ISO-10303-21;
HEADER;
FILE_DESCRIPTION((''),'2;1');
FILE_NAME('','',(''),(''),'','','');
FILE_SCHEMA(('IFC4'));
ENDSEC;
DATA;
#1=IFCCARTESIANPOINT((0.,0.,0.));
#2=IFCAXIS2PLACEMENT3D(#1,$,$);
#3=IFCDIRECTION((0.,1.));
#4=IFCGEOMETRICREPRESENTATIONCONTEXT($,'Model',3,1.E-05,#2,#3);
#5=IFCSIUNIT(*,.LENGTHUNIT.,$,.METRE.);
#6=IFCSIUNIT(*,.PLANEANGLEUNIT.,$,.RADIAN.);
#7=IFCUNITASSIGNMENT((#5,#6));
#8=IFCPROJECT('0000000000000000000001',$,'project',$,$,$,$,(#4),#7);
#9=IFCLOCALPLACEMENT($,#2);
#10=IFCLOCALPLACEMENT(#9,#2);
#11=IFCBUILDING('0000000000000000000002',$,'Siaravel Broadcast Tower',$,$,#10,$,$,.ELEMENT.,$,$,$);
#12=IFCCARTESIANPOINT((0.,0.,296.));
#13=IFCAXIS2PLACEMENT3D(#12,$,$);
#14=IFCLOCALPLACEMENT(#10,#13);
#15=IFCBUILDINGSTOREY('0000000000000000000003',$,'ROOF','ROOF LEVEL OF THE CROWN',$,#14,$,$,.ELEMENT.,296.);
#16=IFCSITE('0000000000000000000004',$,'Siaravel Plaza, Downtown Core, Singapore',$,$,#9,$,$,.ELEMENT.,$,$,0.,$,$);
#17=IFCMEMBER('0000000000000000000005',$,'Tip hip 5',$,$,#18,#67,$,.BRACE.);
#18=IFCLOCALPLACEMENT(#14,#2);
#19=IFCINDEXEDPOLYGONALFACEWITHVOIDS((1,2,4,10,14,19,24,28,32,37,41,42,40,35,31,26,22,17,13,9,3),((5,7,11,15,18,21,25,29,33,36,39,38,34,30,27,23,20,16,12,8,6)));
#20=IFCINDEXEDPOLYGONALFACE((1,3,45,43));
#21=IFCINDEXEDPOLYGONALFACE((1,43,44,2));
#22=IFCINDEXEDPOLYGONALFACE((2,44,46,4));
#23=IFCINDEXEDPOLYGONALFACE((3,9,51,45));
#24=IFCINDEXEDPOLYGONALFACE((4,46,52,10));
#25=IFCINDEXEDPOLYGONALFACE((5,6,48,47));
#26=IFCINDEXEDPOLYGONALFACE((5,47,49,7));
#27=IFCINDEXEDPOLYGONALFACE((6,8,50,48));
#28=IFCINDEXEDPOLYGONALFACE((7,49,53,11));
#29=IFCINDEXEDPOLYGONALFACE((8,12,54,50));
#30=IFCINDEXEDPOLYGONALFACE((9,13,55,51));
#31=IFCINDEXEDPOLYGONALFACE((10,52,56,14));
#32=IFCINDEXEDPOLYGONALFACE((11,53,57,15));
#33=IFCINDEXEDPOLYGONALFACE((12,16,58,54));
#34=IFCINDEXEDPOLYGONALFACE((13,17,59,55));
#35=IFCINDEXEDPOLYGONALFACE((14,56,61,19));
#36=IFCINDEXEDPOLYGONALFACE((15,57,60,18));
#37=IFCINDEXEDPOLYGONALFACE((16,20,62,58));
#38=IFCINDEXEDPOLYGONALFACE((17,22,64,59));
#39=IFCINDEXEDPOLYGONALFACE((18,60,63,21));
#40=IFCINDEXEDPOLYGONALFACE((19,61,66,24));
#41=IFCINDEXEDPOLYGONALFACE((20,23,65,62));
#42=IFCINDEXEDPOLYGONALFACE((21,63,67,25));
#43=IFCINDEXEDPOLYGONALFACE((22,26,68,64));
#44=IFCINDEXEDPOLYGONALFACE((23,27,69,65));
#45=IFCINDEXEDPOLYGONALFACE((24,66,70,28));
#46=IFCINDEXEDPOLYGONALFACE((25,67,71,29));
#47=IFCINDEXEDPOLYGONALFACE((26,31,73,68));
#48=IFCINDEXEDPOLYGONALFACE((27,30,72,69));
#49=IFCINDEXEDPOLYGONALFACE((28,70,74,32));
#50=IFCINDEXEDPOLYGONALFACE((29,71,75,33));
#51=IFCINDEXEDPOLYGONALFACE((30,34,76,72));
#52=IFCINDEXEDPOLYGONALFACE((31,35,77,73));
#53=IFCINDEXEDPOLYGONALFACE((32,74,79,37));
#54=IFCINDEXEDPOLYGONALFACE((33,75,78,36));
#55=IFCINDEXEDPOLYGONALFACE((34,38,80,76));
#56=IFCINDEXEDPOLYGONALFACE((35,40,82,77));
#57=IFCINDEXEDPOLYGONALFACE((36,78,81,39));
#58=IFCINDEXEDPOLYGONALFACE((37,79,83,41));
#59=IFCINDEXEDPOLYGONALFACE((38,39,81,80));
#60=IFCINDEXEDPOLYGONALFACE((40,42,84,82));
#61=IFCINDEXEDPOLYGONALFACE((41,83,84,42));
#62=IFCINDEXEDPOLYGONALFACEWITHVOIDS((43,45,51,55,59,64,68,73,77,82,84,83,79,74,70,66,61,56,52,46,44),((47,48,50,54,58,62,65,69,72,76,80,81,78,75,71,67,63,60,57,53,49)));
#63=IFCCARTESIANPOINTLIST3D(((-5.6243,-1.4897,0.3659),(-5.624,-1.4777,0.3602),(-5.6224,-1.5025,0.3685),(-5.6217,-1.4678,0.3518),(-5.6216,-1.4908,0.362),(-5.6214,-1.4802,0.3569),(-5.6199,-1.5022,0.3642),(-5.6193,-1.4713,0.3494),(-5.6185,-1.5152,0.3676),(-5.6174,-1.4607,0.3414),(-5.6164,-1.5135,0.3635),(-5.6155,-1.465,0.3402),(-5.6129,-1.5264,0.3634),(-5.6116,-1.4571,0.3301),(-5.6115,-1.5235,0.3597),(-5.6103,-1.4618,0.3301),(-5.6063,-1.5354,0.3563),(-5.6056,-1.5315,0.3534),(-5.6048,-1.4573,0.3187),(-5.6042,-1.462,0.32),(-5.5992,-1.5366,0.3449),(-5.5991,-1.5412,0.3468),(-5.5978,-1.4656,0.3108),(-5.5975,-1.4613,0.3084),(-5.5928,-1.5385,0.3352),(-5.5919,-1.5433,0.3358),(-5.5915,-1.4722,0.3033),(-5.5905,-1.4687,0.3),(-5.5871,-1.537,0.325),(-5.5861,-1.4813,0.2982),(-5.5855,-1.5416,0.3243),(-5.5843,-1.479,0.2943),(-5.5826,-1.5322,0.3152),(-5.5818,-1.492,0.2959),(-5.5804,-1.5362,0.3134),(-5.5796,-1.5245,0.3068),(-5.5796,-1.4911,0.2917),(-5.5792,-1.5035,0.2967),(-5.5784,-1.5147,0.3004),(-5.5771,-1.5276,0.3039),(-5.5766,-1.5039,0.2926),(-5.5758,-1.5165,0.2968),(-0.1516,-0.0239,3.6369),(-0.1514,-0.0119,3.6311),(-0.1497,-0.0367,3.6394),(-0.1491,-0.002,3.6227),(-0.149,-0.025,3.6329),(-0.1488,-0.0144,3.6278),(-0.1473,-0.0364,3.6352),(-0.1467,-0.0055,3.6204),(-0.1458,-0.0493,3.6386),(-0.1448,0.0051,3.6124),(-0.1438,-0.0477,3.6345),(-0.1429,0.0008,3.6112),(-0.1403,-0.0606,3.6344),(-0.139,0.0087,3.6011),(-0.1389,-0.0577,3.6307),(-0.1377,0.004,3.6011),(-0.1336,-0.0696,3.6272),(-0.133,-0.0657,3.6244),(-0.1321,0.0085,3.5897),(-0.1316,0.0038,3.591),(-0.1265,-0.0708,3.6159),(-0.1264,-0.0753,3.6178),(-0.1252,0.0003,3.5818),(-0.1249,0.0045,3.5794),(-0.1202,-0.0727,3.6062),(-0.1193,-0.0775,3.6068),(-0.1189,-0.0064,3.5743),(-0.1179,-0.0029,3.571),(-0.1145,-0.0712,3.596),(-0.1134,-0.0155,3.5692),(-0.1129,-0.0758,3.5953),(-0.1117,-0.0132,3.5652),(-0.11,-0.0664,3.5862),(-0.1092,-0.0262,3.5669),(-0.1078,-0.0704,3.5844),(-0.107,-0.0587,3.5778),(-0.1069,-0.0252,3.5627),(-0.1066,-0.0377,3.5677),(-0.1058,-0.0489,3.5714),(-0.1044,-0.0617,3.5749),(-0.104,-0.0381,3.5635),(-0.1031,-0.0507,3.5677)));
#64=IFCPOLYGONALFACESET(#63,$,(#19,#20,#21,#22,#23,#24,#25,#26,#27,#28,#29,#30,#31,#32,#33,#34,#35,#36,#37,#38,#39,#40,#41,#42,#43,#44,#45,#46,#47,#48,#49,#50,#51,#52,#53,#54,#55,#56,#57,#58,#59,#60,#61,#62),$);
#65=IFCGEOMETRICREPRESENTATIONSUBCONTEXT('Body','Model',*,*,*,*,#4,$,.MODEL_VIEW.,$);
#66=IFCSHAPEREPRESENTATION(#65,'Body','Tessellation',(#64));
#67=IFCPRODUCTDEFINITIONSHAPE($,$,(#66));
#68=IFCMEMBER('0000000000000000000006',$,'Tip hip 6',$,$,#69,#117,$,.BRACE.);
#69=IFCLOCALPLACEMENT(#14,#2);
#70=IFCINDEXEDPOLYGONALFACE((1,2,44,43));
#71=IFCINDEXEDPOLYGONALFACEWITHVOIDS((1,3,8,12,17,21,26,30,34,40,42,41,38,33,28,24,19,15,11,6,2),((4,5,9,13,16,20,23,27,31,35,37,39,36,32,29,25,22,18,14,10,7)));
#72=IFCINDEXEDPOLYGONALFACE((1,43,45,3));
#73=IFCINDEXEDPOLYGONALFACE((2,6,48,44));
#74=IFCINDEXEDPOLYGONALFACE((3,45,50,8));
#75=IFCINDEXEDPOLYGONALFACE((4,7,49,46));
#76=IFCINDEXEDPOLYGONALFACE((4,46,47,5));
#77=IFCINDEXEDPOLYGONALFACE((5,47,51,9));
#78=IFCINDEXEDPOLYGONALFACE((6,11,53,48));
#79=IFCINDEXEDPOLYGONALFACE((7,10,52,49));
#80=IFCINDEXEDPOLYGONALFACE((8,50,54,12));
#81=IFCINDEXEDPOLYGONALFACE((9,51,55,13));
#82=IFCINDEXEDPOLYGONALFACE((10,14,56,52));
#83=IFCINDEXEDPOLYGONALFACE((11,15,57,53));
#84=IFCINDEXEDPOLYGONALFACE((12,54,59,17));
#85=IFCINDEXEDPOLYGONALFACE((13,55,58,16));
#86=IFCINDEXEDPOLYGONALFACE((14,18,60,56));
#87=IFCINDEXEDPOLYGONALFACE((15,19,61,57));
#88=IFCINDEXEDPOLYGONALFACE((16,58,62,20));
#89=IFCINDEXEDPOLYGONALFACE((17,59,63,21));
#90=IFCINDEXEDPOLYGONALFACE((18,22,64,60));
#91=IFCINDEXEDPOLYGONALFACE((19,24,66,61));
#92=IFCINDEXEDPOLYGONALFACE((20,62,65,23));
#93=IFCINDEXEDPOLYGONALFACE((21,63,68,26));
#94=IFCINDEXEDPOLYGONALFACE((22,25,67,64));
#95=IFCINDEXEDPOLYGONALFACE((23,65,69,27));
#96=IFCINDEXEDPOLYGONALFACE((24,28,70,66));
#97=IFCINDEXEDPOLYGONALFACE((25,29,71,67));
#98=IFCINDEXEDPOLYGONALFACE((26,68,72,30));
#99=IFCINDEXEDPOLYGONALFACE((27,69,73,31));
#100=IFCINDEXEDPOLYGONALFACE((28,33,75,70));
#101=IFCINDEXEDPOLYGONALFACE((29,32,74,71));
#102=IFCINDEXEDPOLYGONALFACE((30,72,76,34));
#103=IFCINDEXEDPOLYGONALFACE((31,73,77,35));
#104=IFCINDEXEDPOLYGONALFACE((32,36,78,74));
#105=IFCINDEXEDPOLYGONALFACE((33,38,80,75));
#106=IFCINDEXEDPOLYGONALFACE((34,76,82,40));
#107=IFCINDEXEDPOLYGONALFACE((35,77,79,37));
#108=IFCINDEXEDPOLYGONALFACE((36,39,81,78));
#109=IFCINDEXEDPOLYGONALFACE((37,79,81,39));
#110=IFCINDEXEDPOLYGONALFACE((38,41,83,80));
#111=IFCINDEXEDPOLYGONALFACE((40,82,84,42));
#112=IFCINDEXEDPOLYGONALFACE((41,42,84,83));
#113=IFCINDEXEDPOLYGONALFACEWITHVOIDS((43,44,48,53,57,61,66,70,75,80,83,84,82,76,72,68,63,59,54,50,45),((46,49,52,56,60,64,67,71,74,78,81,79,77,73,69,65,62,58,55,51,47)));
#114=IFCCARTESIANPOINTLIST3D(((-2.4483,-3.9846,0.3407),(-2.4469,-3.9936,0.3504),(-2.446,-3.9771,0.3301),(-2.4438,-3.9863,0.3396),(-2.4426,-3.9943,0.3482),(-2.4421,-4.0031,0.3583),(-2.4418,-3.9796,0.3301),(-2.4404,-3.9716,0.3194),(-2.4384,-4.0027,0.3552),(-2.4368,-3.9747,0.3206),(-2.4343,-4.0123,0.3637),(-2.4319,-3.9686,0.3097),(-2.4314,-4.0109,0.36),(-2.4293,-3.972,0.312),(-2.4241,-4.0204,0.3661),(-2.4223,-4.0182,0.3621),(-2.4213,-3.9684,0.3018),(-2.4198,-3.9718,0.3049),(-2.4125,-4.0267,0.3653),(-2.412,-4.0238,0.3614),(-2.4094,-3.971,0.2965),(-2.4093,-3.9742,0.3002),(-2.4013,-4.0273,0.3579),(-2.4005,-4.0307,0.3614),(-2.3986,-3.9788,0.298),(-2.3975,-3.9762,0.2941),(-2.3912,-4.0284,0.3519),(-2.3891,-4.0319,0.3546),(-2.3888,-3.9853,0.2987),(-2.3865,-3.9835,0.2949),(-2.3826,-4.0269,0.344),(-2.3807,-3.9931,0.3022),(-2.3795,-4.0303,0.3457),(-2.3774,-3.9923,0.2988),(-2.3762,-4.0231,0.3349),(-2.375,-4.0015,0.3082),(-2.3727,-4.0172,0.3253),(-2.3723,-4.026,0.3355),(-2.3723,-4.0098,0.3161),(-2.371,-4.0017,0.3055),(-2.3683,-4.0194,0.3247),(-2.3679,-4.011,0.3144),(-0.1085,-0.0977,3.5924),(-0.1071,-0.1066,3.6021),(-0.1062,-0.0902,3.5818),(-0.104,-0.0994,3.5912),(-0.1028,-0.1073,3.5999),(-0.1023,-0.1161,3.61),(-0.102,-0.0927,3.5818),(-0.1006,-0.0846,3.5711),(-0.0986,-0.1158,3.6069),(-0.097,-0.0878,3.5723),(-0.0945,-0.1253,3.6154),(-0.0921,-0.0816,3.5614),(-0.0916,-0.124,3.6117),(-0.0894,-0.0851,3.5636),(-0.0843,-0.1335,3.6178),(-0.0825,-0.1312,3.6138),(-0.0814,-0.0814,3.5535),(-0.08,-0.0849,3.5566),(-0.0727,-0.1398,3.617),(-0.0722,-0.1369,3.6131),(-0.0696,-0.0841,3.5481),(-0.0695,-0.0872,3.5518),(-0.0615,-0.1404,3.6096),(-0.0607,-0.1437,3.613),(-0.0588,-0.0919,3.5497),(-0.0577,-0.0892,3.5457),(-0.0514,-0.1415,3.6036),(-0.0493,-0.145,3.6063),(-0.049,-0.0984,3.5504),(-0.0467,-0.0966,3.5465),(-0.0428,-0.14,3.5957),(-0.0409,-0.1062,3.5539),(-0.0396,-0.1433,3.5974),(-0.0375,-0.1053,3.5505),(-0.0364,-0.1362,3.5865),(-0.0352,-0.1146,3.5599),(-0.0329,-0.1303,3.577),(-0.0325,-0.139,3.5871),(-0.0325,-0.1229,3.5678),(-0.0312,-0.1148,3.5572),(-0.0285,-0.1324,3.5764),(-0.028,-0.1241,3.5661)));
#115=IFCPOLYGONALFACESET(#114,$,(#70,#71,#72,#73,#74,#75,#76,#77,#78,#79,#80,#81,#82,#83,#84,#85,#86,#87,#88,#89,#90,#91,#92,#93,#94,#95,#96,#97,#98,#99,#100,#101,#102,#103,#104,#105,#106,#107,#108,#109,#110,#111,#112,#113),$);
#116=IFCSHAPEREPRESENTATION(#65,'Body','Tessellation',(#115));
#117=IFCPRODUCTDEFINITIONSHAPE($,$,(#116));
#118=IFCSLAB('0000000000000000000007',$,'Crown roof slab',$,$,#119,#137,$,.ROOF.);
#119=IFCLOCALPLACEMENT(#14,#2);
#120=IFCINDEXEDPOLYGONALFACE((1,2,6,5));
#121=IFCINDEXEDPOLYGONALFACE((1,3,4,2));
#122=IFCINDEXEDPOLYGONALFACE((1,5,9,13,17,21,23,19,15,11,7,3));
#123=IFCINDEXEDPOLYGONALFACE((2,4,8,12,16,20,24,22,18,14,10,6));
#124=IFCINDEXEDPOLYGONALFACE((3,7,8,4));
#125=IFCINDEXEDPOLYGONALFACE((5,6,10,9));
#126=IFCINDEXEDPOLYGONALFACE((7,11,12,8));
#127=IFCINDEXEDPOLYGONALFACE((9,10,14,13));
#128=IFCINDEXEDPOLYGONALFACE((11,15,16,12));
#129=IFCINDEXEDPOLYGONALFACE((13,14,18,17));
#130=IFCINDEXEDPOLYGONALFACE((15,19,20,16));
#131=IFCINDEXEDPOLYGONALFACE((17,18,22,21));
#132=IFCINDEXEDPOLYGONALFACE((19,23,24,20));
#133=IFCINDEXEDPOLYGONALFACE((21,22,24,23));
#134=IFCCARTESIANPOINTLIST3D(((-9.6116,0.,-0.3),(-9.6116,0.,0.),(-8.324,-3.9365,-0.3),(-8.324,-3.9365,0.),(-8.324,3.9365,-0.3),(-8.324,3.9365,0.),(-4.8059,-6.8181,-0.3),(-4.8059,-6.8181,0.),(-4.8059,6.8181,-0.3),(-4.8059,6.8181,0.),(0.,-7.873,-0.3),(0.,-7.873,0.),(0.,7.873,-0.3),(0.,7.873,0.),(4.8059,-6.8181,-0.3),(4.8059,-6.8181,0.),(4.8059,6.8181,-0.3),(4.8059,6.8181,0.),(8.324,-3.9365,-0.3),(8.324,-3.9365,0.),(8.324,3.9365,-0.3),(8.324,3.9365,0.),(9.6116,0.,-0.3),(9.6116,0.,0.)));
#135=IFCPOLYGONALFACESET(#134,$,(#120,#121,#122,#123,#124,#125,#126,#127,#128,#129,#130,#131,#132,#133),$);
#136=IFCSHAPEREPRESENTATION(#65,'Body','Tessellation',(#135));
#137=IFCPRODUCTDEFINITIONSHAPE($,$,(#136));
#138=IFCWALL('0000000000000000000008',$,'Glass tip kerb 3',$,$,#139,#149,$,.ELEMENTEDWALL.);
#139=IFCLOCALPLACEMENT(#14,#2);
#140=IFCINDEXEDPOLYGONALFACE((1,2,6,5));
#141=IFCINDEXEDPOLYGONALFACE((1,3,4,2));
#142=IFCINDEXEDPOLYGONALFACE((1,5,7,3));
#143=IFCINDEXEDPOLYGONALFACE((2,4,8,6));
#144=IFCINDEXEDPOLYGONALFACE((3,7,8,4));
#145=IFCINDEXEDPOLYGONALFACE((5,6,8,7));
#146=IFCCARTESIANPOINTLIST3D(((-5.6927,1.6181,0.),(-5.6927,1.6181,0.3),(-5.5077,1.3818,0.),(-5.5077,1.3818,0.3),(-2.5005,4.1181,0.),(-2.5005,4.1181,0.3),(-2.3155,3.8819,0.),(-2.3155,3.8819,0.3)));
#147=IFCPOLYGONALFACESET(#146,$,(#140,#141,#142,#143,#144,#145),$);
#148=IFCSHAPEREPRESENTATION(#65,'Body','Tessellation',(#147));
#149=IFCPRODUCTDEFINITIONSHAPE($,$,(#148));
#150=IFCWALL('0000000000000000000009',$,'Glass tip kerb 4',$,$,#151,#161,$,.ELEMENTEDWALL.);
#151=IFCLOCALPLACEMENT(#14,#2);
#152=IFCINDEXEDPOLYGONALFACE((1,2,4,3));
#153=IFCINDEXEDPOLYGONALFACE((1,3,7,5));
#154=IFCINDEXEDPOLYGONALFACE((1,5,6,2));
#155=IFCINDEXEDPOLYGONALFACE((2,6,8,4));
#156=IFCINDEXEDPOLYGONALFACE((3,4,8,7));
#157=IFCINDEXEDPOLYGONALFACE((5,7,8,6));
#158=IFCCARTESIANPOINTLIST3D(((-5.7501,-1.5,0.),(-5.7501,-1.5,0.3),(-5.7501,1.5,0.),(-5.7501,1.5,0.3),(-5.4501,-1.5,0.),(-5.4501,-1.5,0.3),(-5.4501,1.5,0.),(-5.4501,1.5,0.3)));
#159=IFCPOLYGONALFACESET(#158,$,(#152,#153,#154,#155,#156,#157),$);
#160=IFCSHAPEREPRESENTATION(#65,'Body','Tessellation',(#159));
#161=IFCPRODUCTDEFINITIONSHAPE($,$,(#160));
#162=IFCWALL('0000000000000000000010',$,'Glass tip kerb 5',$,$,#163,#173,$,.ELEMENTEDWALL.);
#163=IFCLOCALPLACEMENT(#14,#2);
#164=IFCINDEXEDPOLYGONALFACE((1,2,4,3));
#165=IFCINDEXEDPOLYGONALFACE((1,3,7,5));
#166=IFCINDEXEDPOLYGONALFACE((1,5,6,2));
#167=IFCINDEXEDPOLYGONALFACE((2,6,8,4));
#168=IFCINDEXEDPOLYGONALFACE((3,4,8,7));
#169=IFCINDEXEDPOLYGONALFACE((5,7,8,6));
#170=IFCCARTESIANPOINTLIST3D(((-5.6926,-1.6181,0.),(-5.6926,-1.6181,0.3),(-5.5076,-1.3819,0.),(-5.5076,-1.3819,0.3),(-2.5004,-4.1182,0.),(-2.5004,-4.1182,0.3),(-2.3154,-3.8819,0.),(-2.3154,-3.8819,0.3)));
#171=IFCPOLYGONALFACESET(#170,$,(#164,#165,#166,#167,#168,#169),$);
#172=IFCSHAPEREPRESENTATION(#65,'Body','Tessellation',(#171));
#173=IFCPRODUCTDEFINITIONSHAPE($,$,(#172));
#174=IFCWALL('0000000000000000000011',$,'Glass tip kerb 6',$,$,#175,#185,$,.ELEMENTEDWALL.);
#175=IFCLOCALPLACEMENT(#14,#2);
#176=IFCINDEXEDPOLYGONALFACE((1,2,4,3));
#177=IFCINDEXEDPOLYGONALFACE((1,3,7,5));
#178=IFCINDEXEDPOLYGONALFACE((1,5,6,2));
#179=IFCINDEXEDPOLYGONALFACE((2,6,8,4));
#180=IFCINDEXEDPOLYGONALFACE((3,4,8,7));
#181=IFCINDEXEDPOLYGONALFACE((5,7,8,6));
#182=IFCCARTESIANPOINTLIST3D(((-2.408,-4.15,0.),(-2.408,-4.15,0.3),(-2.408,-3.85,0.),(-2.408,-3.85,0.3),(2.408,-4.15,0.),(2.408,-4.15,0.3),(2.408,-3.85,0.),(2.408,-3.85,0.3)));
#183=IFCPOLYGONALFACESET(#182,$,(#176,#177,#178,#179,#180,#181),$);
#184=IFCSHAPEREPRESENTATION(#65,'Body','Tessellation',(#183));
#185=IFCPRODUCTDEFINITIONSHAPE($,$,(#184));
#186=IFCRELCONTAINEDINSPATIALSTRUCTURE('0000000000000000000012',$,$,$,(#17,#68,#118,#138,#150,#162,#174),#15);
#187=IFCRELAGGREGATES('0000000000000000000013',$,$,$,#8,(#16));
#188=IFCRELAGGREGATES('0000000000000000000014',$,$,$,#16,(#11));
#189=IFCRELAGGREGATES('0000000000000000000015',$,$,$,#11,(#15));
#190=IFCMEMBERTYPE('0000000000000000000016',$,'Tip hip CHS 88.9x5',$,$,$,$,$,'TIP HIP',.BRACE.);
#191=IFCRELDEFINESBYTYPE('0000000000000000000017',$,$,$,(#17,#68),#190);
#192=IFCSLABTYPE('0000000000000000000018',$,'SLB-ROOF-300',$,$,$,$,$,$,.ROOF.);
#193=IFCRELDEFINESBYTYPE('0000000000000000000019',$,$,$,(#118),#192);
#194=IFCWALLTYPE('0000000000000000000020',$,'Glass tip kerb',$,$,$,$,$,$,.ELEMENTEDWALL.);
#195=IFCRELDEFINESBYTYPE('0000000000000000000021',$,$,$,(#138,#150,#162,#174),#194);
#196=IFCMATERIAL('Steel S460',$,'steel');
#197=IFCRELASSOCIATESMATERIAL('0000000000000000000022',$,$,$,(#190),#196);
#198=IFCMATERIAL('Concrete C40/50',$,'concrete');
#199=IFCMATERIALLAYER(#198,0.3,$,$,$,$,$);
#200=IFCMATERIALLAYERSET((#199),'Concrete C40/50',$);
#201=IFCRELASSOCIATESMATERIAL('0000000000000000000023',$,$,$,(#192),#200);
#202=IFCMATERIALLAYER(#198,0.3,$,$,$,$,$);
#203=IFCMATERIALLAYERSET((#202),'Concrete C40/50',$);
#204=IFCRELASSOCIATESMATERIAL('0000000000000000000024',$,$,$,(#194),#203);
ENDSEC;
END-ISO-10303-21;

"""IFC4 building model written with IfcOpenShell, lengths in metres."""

from ifc_helpers import new_model, si_unit, direction, frame, frame_2d, origin, origin_2d, place, context, subcontext, project, spatial, polyline, rectangle, hollow_circle, outline, extrude, material, layer, layer_set, material_profile, profile_set, type_object, element, save


model = new_model("IFC4")

# Units and contexts
model_context = context("Model", 3, precision=1e-05, world=origin(), true_north=direction((0.0, 1.0)))
body_context = subcontext(model_context, "Body", "Model", "MODEL_VIEW")
ifc_project = project(units=[si_unit("LENGTHUNIT", "METRE"), si_unit("PLANEANGLEUNIT", "RADIAN")], contexts=[model_context])

# Site, building, storey
site_placement = place(None, origin())
site = spatial("IfcSite", under=ifc_project, at=site_placement, Name="Siaravel Plaza, Downtown Core, Singapore", CompositionType="ELEMENT", RefElevation=0.0)
building_placement = place(site_placement, origin())
building = spatial("IfcBuilding", under=site, at=building_placement, Name="Siaravel Broadcast Tower", CompositionType="ELEMENT")
storey_placement = place(building_placement, frame((0.0, 0.0, 296.0)))
storey = spatial("IfcBuildingStorey", under=building, at=storey_placement, Name="ROOF", Description="ROOF LEVEL OF THE CROWN", CompositionType="ELEMENT", Elevation=296.0)

# Shared definitions
ifc_material_1 = material(Name="Steel S460", Category="steel")

# Members
ifc_material_profile_1 = material_profile(ifc_material_1, hollow_circle(Radius=0.0444, WallThickness=0.0049, at=origin_2d()))
ifc_profile_set_1 = profile_set([ifc_material_profile_1], Name="Steel S460")
member_type_1 = type_object("IfcMemberType", Name="Tip hip CHS 88.9x5", ElementType="TIP HIP", PredefinedType="BRACE", material=ifc_profile_set_1)
for number, where, z_axis, x_axis, name in (
    (1, (-5.6001, -1.5, 0.3301), (0.836539, 0.224062, 0.499998), (-0.258725, 0.965951, 0.0), "Tip hip 5"),
):
    element("IfcMember", number, at=place(storey_placement, frame(where, z_axis=z_axis, x_axis=x_axis)), inside=storey, type_object=member_type_1, Name=name, PredefinedType="BRACE", context=body_context, shape_type="SweptSolid", body=[
        extrude(hollow_circle(Radius=0.0444, WallThickness=0.0049, at=origin_2d()), origin(), (0.0, 0.0, 1.0), 6.542),
    ])
member_1_placement = place(storey_placement, frame((-2.408, -4.0, 0.3301), z_axis=(0.419188, 0.696358, 0.582551), x_axis=(-0.856747, 0.515738, 0.0)))
element("IfcMember", 2, at=member_1_placement, inside=storey, type_object=member_type_1, Name="Tip hip 6", PredefinedType="BRACE", context=body_context, shape_type="SweptSolid", body=[
    extrude(hollow_circle(Radius=0.0444, WallThickness=0.0049, at=origin_2d()), origin(), (0.0, 0.0, 1.0), 5.5818),
])

# Slab
ifc_material_2 = material(Name="Concrete C40/50", Category="concrete")
ifc_layer_1 = layer(ifc_material_2, 0.3)
ifc_layer_set_1 = layer_set([ifc_layer_1], Name="Concrete C40/50")
slab_type = type_object("IfcSlabType", Name="SLB-ROOF-300", PredefinedType="ROOF", material=ifc_layer_set_1)
slab_placement = place(storey_placement, frame((0.0, 0.0, -0.3)))
element("IfcSlab", 3, at=slab_placement, inside=storey, type_object=slab_type, Name="Crown roof slab", PredefinedType="ROOF", context=body_context, shape_type="SweptSolid", body=[
    extrude(outline(polyline([(9.6116, 0.0), (8.324, 3.9365), (4.8059, 6.8181), (0.0, 7.873), (-4.8059, 6.8181), (-8.324, 3.9365), (-9.6116, 0.0), (-8.324, -3.9365), (-4.8059, -6.8181), (0.0, -7.873), (4.8059, -6.8181), (8.324, -3.9365), (9.6116, 0.0)])), origin(), (0.0, 0.0, 1.0), 0.3),
])

# Walls
ifc_layer_2 = layer(ifc_material_2, 0.3)
ifc_layer_set_2 = layer_set([ifc_layer_2], Name="Concrete C40/50")
wall_type = type_object("IfcWallType", Name="Glass tip kerb", PredefinedType="ELEMENTEDWALL", material=ifc_layer_set_2)
wall_1_placement = place(storey_placement, frame((-2.408, 4.0, 0.0), z_axis=(0.0, 0.0, 1.0), x_axis=(-0.787289, -0.616584, 0.0)))
element("IfcWall", 4, at=wall_1_placement, inside=storey, type_object=wall_type, Name="Glass tip kerb 3", PredefinedType="ELEMENTEDWALL", context=body_context, shape_type="SweptSolid", body=[
    extrude(rectangle(XDim=4.0547, YDim=0.3, at=frame_2d((2.0273, 0.0))), origin(), (0.0, 0.0, 1.0), 0.3),
])
wall_2_placement = place(storey_placement, frame((-5.6001, 1.5, 0.0), z_axis=(0.0, 0.0, 1.0), x_axis=(0.0, -1.0, 0.0)))
element("IfcWall", 5, at=wall_2_placement, inside=storey, type_object=wall_type, Name="Glass tip kerb 4", PredefinedType="ELEMENTEDWALL", context=body_context, shape_type="SweptSolid", body=[
    extrude(rectangle(XDim=3.0, YDim=0.3, at=frame_2d((1.5, 0.0))), origin(), (0.0, 0.0, 1.0), 0.3),
])
wall_3_placement = place(storey_placement, frame((-5.6001, -1.5, 0.0), z_axis=(0.0, 0.0, 1.0), x_axis=(0.787289, -0.616584, 0.0)))
element("IfcWall", 6, at=wall_3_placement, inside=storey, type_object=wall_type, Name="Glass tip kerb 5", PredefinedType="ELEMENTEDWALL", context=body_context, shape_type="SweptSolid", body=[
    extrude(rectangle(XDim=4.0547, YDim=0.3, at=frame_2d((2.0273, 0.0))), origin(), (0.0, 0.0, 1.0), 0.3),
])
wall_4_placement = place(storey_placement, frame((-2.408, -4.0, 0.0), z_axis=(0.0, 0.0, 1.0), x_axis=(1.0, 0.0, 0.0)))
element("IfcWall", 7, at=wall_4_placement, inside=storey, type_object=wall_type, Name="Glass tip kerb 6", PredefinedType="ELEMENTEDWALL", context=body_context, shape_type="SweptSolid", body=[
    extrude(rectangle(XDim=4.8159, YDim=0.3, at=frame_2d((2.408, 0.0))), origin(), (0.0, 0.0, 1.0), 0.3),
])

save(model, "model.ifc")
